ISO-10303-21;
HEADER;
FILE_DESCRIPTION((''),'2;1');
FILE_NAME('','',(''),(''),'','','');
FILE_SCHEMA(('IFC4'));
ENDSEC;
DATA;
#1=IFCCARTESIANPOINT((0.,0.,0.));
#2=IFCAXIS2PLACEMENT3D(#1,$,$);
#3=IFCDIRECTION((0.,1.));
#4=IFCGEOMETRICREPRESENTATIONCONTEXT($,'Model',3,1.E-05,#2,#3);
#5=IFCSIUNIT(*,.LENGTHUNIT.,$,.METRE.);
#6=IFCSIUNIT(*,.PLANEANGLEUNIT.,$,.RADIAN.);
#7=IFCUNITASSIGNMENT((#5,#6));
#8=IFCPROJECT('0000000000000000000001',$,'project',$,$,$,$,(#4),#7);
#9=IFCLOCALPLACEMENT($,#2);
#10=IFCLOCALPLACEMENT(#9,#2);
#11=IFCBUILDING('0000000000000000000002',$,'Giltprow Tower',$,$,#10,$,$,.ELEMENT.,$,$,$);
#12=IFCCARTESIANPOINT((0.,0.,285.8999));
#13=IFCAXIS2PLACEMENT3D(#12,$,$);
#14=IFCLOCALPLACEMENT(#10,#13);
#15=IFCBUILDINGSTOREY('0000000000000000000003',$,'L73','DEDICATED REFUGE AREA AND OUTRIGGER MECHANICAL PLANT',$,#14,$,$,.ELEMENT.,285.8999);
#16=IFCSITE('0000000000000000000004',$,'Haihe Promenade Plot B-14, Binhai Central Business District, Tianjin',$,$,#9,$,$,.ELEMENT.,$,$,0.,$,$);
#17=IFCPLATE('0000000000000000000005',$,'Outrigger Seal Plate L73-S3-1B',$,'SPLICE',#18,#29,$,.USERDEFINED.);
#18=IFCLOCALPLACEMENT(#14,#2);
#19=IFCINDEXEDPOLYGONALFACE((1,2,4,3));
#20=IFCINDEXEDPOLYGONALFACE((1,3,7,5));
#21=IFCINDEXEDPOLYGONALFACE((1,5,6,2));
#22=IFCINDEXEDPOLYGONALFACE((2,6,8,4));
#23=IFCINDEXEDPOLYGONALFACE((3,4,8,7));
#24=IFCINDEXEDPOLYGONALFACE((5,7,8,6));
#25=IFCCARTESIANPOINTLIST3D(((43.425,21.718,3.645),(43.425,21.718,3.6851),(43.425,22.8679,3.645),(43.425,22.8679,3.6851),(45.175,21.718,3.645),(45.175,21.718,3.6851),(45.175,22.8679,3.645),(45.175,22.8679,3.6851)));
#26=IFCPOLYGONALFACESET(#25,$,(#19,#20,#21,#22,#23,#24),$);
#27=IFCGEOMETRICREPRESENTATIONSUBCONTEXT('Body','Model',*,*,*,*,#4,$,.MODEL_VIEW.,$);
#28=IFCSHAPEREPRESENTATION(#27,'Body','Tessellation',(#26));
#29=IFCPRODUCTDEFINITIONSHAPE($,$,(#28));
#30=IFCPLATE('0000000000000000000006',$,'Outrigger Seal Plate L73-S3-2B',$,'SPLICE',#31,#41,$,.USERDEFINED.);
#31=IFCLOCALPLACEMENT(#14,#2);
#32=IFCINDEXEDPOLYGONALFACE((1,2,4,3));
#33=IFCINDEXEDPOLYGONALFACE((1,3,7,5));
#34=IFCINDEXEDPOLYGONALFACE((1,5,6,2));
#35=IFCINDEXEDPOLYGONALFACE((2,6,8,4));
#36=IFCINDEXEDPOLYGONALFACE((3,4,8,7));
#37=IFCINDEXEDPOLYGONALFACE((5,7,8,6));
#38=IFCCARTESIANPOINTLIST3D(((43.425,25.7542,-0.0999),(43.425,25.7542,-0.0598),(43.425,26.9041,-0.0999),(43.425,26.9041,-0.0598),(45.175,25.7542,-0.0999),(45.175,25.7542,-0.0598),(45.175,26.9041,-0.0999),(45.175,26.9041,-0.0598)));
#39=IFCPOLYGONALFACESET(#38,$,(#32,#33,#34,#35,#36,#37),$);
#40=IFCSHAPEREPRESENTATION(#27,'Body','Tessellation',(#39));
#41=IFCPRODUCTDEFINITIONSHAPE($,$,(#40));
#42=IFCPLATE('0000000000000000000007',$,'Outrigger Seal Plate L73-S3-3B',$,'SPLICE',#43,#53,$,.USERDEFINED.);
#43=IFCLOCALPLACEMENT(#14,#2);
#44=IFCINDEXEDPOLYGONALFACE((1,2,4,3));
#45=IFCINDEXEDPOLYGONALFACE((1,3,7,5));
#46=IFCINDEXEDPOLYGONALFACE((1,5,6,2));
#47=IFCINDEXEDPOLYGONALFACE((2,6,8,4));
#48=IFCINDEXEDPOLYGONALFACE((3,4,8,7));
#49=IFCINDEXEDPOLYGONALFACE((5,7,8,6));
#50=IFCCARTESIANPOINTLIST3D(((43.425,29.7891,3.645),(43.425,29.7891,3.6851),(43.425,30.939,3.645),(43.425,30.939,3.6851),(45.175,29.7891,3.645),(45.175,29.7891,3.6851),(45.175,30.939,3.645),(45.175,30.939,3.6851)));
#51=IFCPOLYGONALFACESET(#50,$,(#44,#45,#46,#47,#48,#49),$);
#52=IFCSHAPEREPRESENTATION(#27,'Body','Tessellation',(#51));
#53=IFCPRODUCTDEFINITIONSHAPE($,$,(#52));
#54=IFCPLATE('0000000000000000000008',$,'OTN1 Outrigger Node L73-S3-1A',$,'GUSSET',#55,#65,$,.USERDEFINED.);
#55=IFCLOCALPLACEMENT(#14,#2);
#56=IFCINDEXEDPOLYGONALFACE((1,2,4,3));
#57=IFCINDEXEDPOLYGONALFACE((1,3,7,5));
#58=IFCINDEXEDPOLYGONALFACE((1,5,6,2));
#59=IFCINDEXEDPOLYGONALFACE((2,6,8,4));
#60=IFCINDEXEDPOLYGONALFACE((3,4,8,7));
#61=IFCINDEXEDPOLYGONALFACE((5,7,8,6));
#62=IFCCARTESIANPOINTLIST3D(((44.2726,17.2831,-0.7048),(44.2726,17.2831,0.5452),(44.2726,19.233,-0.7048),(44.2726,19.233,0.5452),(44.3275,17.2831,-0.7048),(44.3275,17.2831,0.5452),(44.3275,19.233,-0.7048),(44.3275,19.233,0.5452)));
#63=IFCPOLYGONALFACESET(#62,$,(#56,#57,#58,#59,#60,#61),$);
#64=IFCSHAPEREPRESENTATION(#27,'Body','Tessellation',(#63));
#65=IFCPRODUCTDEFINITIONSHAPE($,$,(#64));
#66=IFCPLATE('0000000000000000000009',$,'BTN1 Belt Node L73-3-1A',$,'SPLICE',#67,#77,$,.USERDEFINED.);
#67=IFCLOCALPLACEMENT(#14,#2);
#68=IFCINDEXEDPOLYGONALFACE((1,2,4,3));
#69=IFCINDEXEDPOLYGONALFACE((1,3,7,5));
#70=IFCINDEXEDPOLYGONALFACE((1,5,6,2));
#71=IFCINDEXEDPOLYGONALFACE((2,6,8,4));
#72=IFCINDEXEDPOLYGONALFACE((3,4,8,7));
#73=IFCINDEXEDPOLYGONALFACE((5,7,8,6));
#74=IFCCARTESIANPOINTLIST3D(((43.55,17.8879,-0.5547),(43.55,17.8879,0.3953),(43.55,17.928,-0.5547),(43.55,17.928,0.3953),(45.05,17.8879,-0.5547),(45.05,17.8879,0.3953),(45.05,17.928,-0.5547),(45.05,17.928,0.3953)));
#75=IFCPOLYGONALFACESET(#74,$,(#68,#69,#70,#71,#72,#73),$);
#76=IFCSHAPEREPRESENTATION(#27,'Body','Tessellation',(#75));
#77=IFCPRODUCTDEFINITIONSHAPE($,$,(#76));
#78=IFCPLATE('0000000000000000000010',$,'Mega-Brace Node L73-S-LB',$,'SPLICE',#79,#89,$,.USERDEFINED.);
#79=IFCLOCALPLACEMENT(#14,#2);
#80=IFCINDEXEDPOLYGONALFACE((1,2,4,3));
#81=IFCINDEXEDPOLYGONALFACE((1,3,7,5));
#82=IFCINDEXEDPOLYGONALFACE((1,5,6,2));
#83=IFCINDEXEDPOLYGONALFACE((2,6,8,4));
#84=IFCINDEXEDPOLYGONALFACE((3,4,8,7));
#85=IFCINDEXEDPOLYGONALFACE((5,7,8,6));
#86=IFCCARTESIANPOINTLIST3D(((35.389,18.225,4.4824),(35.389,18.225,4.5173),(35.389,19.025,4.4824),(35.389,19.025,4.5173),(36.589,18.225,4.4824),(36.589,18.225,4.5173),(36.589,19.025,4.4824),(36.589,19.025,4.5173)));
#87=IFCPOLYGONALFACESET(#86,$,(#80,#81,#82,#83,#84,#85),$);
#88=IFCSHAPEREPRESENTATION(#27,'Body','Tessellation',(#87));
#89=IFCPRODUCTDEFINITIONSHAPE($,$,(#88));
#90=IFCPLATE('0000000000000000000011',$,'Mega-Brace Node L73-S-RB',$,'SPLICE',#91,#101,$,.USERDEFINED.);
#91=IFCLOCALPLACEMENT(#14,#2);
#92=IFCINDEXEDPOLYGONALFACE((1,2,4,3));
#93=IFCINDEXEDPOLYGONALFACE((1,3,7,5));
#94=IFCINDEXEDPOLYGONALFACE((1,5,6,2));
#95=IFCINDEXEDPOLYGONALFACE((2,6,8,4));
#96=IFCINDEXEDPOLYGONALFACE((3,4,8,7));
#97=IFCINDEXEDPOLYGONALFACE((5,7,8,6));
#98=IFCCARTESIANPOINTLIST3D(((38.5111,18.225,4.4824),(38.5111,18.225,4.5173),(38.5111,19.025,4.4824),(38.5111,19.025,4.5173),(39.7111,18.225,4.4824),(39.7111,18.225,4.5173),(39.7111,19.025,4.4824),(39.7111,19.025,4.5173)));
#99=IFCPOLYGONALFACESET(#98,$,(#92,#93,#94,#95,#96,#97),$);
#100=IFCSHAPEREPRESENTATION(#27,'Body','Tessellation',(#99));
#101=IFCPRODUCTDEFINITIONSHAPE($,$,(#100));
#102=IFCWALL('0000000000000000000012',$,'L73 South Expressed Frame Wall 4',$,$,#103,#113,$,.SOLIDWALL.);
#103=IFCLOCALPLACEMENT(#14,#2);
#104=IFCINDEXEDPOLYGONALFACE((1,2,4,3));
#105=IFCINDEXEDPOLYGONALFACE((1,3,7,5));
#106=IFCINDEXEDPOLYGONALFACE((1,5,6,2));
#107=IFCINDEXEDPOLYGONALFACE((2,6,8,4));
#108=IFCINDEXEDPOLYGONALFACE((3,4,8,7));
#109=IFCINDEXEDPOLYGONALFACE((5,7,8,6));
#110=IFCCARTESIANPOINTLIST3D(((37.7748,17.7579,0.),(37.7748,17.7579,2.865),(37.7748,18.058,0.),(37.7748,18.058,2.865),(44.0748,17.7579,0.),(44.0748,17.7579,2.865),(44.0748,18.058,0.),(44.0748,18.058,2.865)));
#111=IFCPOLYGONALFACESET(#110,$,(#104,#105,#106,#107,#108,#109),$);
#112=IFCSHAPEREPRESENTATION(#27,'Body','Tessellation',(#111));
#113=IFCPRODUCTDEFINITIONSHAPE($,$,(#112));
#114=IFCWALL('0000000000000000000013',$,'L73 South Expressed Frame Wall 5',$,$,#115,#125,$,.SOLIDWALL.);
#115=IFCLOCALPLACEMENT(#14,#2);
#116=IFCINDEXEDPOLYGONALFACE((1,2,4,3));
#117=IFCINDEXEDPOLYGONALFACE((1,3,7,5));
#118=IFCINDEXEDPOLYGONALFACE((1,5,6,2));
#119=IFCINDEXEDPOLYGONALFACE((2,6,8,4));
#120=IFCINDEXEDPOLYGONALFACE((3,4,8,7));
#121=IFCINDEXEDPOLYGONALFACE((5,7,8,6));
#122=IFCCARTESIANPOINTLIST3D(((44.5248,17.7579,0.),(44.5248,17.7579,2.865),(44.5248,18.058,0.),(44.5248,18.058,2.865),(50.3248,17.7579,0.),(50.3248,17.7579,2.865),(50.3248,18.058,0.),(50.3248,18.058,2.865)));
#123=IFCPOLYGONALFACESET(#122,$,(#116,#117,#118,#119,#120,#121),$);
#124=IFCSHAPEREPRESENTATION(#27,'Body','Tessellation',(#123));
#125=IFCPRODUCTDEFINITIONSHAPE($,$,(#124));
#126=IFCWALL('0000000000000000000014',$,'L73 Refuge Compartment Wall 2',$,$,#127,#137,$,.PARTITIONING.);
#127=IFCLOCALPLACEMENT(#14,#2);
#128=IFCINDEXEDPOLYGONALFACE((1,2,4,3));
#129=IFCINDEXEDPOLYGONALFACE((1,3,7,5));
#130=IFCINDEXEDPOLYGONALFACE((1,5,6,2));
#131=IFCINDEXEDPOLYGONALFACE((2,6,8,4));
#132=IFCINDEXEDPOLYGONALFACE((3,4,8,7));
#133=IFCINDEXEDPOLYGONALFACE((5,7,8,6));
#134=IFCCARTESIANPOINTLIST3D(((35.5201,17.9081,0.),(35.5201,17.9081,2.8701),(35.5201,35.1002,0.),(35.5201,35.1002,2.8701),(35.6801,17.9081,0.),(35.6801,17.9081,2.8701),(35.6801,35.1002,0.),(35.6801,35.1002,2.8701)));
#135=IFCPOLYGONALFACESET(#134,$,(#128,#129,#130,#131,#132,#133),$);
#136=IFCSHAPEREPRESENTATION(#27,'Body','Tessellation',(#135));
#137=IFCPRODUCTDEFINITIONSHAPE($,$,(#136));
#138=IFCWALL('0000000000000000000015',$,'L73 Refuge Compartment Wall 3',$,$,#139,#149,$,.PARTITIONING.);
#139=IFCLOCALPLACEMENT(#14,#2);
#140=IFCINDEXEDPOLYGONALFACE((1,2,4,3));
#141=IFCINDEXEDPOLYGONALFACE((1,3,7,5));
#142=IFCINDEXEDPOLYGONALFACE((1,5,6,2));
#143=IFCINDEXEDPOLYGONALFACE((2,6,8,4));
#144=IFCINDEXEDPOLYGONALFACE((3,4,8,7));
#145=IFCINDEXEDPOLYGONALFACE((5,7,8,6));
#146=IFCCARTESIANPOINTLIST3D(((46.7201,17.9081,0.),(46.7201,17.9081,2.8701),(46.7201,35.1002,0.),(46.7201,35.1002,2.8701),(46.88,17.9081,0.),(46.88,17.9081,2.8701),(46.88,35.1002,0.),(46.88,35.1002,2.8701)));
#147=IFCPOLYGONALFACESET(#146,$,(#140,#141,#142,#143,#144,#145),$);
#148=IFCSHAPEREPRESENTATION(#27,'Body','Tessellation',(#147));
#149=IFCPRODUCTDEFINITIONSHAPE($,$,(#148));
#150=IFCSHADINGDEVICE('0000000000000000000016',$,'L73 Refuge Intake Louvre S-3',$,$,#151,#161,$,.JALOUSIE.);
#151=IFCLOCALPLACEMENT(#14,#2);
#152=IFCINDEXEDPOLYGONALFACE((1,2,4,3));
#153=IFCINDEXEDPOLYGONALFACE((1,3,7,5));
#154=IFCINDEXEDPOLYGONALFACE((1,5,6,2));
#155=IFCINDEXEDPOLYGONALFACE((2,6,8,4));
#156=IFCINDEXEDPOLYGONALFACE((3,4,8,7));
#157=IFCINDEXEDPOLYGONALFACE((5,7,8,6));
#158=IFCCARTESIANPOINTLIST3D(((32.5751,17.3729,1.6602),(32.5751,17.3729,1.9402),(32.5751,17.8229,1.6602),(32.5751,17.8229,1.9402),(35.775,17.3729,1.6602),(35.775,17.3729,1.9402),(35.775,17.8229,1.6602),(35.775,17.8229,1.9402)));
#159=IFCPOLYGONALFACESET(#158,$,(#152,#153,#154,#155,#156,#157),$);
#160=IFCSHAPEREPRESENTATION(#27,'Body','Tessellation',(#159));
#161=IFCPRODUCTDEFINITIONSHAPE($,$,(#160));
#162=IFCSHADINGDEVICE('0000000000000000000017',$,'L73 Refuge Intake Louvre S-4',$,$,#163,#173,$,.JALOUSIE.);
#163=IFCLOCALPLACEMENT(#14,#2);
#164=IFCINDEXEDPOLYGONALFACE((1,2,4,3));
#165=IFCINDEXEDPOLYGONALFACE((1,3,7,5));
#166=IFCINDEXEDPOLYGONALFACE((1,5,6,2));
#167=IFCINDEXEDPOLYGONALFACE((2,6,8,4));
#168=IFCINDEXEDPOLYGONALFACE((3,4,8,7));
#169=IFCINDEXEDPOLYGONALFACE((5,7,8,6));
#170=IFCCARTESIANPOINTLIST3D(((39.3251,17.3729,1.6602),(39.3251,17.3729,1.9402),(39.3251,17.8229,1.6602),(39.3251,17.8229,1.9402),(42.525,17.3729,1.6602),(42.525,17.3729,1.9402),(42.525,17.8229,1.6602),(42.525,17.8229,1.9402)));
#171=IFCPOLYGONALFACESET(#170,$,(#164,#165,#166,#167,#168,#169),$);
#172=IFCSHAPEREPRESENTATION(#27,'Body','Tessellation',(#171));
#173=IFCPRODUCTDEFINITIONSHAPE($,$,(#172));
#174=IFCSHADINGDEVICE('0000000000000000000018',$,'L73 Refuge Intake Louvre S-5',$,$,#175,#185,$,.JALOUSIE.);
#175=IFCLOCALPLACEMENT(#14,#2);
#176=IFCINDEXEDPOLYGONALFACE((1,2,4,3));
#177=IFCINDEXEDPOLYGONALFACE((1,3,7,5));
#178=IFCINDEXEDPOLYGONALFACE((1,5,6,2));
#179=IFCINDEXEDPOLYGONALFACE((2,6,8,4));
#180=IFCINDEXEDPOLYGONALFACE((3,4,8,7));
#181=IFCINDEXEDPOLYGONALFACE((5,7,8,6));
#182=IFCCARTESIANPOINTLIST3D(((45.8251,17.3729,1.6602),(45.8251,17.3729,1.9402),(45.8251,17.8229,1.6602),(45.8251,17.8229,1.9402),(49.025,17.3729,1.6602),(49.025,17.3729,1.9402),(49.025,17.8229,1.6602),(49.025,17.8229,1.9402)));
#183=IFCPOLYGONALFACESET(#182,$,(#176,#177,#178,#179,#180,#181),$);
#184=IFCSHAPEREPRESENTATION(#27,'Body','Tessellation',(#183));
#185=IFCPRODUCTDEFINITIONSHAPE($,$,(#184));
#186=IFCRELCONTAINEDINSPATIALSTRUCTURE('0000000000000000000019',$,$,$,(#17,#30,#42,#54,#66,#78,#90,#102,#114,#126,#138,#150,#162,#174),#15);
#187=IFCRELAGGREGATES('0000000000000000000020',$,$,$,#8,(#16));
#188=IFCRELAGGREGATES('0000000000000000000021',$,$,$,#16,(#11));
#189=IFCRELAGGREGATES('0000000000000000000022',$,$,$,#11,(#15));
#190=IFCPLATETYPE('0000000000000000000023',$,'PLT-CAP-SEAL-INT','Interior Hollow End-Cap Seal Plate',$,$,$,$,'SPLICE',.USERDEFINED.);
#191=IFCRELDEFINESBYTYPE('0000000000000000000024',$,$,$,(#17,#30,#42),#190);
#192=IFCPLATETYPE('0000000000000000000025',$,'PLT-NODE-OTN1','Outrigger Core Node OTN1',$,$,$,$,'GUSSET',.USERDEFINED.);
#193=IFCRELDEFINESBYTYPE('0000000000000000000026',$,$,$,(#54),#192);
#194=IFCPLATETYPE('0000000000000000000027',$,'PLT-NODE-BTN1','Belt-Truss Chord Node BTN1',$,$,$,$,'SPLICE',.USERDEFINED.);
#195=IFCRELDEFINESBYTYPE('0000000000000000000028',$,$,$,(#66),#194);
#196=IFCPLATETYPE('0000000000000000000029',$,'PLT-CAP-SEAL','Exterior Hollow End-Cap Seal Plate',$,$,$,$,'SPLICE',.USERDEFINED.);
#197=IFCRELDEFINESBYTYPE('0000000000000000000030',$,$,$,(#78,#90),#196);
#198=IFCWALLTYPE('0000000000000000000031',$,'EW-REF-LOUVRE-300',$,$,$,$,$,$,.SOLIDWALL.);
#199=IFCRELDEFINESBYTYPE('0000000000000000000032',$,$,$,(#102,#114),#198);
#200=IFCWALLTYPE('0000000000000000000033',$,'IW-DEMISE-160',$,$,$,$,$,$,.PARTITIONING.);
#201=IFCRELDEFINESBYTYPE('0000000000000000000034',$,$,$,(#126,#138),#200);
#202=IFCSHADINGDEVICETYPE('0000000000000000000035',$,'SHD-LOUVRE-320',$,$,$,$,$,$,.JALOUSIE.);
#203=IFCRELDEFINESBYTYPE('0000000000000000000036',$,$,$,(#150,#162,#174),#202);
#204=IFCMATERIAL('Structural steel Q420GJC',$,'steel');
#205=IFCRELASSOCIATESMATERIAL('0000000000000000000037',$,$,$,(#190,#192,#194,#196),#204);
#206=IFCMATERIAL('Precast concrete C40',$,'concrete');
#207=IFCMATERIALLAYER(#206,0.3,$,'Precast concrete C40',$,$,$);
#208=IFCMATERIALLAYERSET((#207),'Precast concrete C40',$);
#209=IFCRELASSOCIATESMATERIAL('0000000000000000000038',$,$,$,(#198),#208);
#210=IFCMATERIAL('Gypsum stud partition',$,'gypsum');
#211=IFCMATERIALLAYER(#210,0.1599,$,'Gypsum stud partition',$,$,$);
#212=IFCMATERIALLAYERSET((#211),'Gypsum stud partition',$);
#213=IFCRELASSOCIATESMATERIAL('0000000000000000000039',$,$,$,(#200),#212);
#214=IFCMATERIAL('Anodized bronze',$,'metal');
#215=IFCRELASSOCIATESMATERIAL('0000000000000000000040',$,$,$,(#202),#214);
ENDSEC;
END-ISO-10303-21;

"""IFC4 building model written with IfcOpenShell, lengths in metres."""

from ifc_helpers import new_model, si_unit, direction, frame, frame_2d, origin, origin_2d, place, context, subcontext, project, spatial, rectangle, extrude, source, transform, mapped, material, layer, layer_set, type_object, element, save


model = new_model("IFC4")

# Units and contexts
model_context = context("Model", 3, precision=1e-05, world=origin(), true_north=direction((0.0, 1.0)))
body_context = subcontext(model_context, "Body", "Model", "MODEL_VIEW")
ifc_project = project(units=[si_unit("LENGTHUNIT", "METRE"), si_unit("PLANEANGLEUNIT", "RADIAN")], contexts=[model_context])

# Site, building, storey
site_placement = place(None, origin())
site = spatial("IfcSite", under=ifc_project, at=site_placement, Name="Haihe Promenade Plot B-14, Binhai Central Business District, Tianjin", CompositionType="ELEMENT", RefElevation=0.0)
building_placement = place(site_placement, origin())
building = spatial("IfcBuilding", under=site, at=building_placement, Name="Giltprow Tower", CompositionType="ELEMENT")
storey_placement = place(building_placement, frame((0.0, 0.0, 285.8999)))
storey = spatial("IfcBuildingStorey", under=building, at=storey_placement, Name="L73", Description="DEDICATED REFUGE AREA AND OUTRIGGER MECHANICAL PLANT", CompositionType="ELEMENT", Elevation=285.8999)

# Shared definitions
ifc_material_1 = material(Name="Structural steel Q420GJC", Category="steel")

# Plates
plate_type_1 = type_object("IfcPlateType", Name="PLT-CAP-SEAL-INT", Description="Interior Hollow End-Cap Seal Plate", ElementType="SPLICE", PredefinedType="USERDEFINED", material=ifc_material_1)
shared_shape_1 = source(origin(), body_context, "Body", "SweptSolid", [
    extrude(rectangle(XDim=1.75, YDim=1.1499, at=origin_2d()), origin(), (0.0, 0.0, 1.0), 0.04),
])
for number, where, z_axis, x_axis, name in (
    (1, (44.3, 22.293, 3.645), (0.0, 0.0, 1.0), (1.0, 0.0, 0.0), "Outrigger Seal Plate L73-S3-1B"),
    (2, (44.3, 26.3291, -0.0999), (0.0, 0.0, 1.0), (1.0, 0.0, 0.0), "Outrigger Seal Plate L73-S3-2B"),
    (3, (44.3, 30.364, 3.645), (0.0, 0.0, 1.0), (1.0, 0.0, 0.0), "Outrigger Seal Plate L73-S3-3B"),
):
    element("IfcPlate", number, at=place(storey_placement, frame(where, z_axis=z_axis, x_axis=x_axis)), inside=storey, type_object=plate_type_1, Name=name, ObjectType="SPLICE", PredefinedType="USERDEFINED", context=body_context, shape_type="MappedRepresentation", body=[
        mapped(shared_shape_1, transform((0.0, 0.0, 0.0), x_axis=(1.0, 0.0, 0.0), y_axis=(0.0, 1.0, 0.0), z_axis=(0.0, 0.0, 1.0), scale=1.0)),
    ])
plate_type_2 = type_object("IfcPlateType", Name="PLT-NODE-OTN1", Description="Outrigger Core Node OTN1", ElementType="GUSSET", PredefinedType="USERDEFINED", material=ifc_material_1)
shared_shape_2 = source(origin(), body_context, "Body", "SweptSolid", [
    extrude(rectangle(XDim=1.95, YDim=0.0549, at=origin_2d()), origin(), (0.0, 0.0, 1.0), 1.25),
])
plate_1_placement = place(storey_placement, frame((44.3, 18.2581, -0.7048), z_axis=(0.0, 0.0, 1.0), x_axis=(0.0, 1.0, 0.0)))
element("IfcPlate", 4, at=plate_1_placement, inside=storey, type_object=plate_type_2, Name="OTN1 Outrigger Node L73-S3-1A", ObjectType="GUSSET", PredefinedType="USERDEFINED", context=body_context, shape_type="MappedRepresentation", body=[
    mapped(shared_shape_2, transform((0.0, 0.0, 0.0), x_axis=(1.0, 0.0, 0.0), y_axis=(0.0, 1.0, 0.0), z_axis=(0.0, 0.0, 1.0), scale=1.0)),
])
plate_type_3 = type_object("IfcPlateType", Name="PLT-NODE-BTN1", Description="Belt-Truss Chord Node BTN1", ElementType="SPLICE", PredefinedType="USERDEFINED", material=ifc_material_1)
shared_shape_3 = source(origin(), body_context, "Body", "SweptSolid", [
    extrude(rectangle(XDim=1.5, YDim=0.04, at=origin_2d()), origin(), (0.0, 0.0, 1.0), 0.95),
])
plate_2_placement = place(storey_placement, frame((44.3, 17.908, -0.5547), z_axis=(0.0, 0.0, 1.0), x_axis=(1.0, 0.0, 0.0)))
element("IfcPlate", 5, at=plate_2_placement, inside=storey, type_object=plate_type_3, Name="BTN1 Belt Node L73-3-1A", ObjectType="SPLICE", PredefinedType="USERDEFINED", context=body_context, shape_type="MappedRepresentation", body=[
    mapped(shared_shape_3, transform((0.0, 0.0, 0.0), x_axis=(1.0, 0.0, 0.0), y_axis=(0.0, 1.0, 0.0), z_axis=(0.0, 0.0, 1.0), scale=1.0)),
])
plate_type_4 = type_object("IfcPlateType", Name="PLT-CAP-SEAL", Description="Exterior Hollow End-Cap Seal Plate", ElementType="SPLICE", PredefinedType="USERDEFINED", material=ifc_material_1)
shared_shape_4 = source(origin(), body_context, "Body", "SweptSolid", [
    extrude(rectangle(XDim=1.2, YDim=0.8, at=origin_2d()), origin(), (0.0, 0.0, 1.0), 0.0349),
])
for number, where, z_axis, x_axis, name in (
    (6, (35.989, 18.625, 4.4824), (0.0, 0.0, 1.0), (1.0, 0.0, 0.0), "Mega-Brace Node L73-S-LB"),
    (7, (39.1111, 18.625, 4.4824), (0.0, 0.0, 1.0), (1.0, 0.0, 0.0), "Mega-Brace Node L73-S-RB"),
):
    element("IfcPlate", number, at=place(storey_placement, frame(where, z_axis=z_axis, x_axis=x_axis)), inside=storey, type_object=plate_type_4, Name=name, ObjectType="SPLICE", PredefinedType="USERDEFINED", context=body_context, shape_type="MappedRepresentation", body=[
        mapped(shared_shape_4, transform((0.0, 0.0, 0.0), x_axis=(1.0, 0.0, 0.0), y_axis=(0.0, 1.0, 0.0), z_axis=(0.0, 0.0, 1.0), scale=1.0)),
    ])

# Walls
ifc_material_2 = material(Name="Precast concrete C40", Category="concrete")
ifc_layer_1 = layer(ifc_material_2, 0.3, Name="Precast concrete C40")
ifc_layer_set_1 = layer_set([ifc_layer_1], Name="Precast concrete C40")
wall_type_1 = type_object("IfcWallType", Name="EW-REF-LOUVRE-300", PredefinedType="SOLIDWALL", material=ifc_layer_set_1)
wall_1_placement = place(storey_placement, frame((37.7749, 17.908, 0.0), z_axis=(0.0, 0.0, 1.0), x_axis=(1.0, 0.0, 0.0)))
element("IfcWall", 8, at=wall_1_placement, inside=storey, type_object=wall_type_1, Name="L73 South Expressed Frame Wall 4", PredefinedType="SOLIDWALL", context=body_context, shape_type="SweptSolid", body=[
    extrude(rectangle(XDim=6.3, YDim=0.3, at=frame_2d((3.1499, 0.0))), origin(), (0.0, 0.0, 1.0), 2.865),
])
wall_2_placement = place(storey_placement, frame((44.5249, 17.908, 0.0), z_axis=(0.0, 0.0, 1.0), x_axis=(1.0, 0.0, 0.0)))
element("IfcWall", 9, at=wall_2_placement, inside=storey, type_object=wall_type_1, Name="L73 South Expressed Frame Wall 5", PredefinedType="SOLIDWALL", context=body_context, shape_type="SweptSolid", body=[
    extrude(rectangle(XDim=5.8, YDim=0.3, at=frame_2d((2.8999, 0.0))), origin(), (0.0, 0.0, 1.0), 2.865),
])
ifc_material_3 = material(Name="Gypsum stud partition", Category="gypsum")
ifc_layer_2 = layer(ifc_material_3, 0.1599, Name="Gypsum stud partition")
ifc_layer_set_2 = layer_set([ifc_layer_2], Name="Gypsum stud partition")
wall_type_2 = type_object("IfcWallType", Name="IW-DEMISE-160", PredefinedType="PARTITIONING", material=ifc_layer_set_2)
for number, where, z_axis, x_axis, name in (
    (10, (35.6001, 17.908, 0.0), (0.0, 0.0, 1.0), (0.0, 1.0, 0.0), "L73 Refuge Compartment Wall 2"),
    (11, (46.8, 17.908, 0.0), (0.0, 0.0, 1.0), (0.0, 1.0, 0.0), "L73 Refuge Compartment Wall 3"),
):
    element("IfcWall", number, at=place(storey_placement, frame(where, z_axis=z_axis, x_axis=x_axis)), inside=storey, type_object=wall_type_2, Name=name, PredefinedType="PARTITIONING", context=body_context, shape_type="SweptSolid", body=[
        extrude(rectangle(XDim=17.1921, YDim=0.1599, at=frame_2d((8.5962, 0.0))), origin(), (0.0, 0.0, 1.0), 2.8701),
    ])

# Shading devices
ifc_material_4 = material(Name="Anodized bronze", Category="metal")
shading_device_type = type_object("IfcShadingDeviceType", Name="SHD-LOUVRE-320", PredefinedType="JALOUSIE", material=ifc_material_4)
shared_shape_5 = source(origin(), body_context, "Body", "SweptSolid", [
    extrude(rectangle(XDim=3.2, YDim=0.45, at=origin_2d()), origin(), (0.0, 0.0, 1.0), 0.28),
])
for number, where, z_axis, x_axis, name in (
    (12, (34.175, 17.5979, 1.6602), (0.0, 0.0, 1.0), (1.0, 0.0, 0.0), "L73 Refuge Intake Louvre S-3"),
    (13, (40.925, 17.5979, 1.6602), (0.0, 0.0, 1.0), (1.0, 0.0, 0.0), "L73 Refuge Intake Louvre S-4"),
    (14, (47.425, 17.5979, 1.6602), (0.0, 0.0, 1.0), (1.0, 0.0, 0.0), "L73 Refuge Intake Louvre S-5"),
):
    element("IfcShadingDevice", number, at=place(storey_placement, frame(where, z_axis=z_axis, x_axis=x_axis)), inside=storey, type_object=shading_device_type, Name=name, PredefinedType="JALOUSIE", context=body_context, shape_type="MappedRepresentation", body=[
        mapped(shared_shape_5, transform((0.0, 0.0, 0.0), x_axis=(1.0, 0.0, 0.0), y_axis=(0.0, 1.0, 0.0), z_axis=(0.0, 0.0, 1.0), scale=1.0)),
    ])

save(model, "model.ifc")
